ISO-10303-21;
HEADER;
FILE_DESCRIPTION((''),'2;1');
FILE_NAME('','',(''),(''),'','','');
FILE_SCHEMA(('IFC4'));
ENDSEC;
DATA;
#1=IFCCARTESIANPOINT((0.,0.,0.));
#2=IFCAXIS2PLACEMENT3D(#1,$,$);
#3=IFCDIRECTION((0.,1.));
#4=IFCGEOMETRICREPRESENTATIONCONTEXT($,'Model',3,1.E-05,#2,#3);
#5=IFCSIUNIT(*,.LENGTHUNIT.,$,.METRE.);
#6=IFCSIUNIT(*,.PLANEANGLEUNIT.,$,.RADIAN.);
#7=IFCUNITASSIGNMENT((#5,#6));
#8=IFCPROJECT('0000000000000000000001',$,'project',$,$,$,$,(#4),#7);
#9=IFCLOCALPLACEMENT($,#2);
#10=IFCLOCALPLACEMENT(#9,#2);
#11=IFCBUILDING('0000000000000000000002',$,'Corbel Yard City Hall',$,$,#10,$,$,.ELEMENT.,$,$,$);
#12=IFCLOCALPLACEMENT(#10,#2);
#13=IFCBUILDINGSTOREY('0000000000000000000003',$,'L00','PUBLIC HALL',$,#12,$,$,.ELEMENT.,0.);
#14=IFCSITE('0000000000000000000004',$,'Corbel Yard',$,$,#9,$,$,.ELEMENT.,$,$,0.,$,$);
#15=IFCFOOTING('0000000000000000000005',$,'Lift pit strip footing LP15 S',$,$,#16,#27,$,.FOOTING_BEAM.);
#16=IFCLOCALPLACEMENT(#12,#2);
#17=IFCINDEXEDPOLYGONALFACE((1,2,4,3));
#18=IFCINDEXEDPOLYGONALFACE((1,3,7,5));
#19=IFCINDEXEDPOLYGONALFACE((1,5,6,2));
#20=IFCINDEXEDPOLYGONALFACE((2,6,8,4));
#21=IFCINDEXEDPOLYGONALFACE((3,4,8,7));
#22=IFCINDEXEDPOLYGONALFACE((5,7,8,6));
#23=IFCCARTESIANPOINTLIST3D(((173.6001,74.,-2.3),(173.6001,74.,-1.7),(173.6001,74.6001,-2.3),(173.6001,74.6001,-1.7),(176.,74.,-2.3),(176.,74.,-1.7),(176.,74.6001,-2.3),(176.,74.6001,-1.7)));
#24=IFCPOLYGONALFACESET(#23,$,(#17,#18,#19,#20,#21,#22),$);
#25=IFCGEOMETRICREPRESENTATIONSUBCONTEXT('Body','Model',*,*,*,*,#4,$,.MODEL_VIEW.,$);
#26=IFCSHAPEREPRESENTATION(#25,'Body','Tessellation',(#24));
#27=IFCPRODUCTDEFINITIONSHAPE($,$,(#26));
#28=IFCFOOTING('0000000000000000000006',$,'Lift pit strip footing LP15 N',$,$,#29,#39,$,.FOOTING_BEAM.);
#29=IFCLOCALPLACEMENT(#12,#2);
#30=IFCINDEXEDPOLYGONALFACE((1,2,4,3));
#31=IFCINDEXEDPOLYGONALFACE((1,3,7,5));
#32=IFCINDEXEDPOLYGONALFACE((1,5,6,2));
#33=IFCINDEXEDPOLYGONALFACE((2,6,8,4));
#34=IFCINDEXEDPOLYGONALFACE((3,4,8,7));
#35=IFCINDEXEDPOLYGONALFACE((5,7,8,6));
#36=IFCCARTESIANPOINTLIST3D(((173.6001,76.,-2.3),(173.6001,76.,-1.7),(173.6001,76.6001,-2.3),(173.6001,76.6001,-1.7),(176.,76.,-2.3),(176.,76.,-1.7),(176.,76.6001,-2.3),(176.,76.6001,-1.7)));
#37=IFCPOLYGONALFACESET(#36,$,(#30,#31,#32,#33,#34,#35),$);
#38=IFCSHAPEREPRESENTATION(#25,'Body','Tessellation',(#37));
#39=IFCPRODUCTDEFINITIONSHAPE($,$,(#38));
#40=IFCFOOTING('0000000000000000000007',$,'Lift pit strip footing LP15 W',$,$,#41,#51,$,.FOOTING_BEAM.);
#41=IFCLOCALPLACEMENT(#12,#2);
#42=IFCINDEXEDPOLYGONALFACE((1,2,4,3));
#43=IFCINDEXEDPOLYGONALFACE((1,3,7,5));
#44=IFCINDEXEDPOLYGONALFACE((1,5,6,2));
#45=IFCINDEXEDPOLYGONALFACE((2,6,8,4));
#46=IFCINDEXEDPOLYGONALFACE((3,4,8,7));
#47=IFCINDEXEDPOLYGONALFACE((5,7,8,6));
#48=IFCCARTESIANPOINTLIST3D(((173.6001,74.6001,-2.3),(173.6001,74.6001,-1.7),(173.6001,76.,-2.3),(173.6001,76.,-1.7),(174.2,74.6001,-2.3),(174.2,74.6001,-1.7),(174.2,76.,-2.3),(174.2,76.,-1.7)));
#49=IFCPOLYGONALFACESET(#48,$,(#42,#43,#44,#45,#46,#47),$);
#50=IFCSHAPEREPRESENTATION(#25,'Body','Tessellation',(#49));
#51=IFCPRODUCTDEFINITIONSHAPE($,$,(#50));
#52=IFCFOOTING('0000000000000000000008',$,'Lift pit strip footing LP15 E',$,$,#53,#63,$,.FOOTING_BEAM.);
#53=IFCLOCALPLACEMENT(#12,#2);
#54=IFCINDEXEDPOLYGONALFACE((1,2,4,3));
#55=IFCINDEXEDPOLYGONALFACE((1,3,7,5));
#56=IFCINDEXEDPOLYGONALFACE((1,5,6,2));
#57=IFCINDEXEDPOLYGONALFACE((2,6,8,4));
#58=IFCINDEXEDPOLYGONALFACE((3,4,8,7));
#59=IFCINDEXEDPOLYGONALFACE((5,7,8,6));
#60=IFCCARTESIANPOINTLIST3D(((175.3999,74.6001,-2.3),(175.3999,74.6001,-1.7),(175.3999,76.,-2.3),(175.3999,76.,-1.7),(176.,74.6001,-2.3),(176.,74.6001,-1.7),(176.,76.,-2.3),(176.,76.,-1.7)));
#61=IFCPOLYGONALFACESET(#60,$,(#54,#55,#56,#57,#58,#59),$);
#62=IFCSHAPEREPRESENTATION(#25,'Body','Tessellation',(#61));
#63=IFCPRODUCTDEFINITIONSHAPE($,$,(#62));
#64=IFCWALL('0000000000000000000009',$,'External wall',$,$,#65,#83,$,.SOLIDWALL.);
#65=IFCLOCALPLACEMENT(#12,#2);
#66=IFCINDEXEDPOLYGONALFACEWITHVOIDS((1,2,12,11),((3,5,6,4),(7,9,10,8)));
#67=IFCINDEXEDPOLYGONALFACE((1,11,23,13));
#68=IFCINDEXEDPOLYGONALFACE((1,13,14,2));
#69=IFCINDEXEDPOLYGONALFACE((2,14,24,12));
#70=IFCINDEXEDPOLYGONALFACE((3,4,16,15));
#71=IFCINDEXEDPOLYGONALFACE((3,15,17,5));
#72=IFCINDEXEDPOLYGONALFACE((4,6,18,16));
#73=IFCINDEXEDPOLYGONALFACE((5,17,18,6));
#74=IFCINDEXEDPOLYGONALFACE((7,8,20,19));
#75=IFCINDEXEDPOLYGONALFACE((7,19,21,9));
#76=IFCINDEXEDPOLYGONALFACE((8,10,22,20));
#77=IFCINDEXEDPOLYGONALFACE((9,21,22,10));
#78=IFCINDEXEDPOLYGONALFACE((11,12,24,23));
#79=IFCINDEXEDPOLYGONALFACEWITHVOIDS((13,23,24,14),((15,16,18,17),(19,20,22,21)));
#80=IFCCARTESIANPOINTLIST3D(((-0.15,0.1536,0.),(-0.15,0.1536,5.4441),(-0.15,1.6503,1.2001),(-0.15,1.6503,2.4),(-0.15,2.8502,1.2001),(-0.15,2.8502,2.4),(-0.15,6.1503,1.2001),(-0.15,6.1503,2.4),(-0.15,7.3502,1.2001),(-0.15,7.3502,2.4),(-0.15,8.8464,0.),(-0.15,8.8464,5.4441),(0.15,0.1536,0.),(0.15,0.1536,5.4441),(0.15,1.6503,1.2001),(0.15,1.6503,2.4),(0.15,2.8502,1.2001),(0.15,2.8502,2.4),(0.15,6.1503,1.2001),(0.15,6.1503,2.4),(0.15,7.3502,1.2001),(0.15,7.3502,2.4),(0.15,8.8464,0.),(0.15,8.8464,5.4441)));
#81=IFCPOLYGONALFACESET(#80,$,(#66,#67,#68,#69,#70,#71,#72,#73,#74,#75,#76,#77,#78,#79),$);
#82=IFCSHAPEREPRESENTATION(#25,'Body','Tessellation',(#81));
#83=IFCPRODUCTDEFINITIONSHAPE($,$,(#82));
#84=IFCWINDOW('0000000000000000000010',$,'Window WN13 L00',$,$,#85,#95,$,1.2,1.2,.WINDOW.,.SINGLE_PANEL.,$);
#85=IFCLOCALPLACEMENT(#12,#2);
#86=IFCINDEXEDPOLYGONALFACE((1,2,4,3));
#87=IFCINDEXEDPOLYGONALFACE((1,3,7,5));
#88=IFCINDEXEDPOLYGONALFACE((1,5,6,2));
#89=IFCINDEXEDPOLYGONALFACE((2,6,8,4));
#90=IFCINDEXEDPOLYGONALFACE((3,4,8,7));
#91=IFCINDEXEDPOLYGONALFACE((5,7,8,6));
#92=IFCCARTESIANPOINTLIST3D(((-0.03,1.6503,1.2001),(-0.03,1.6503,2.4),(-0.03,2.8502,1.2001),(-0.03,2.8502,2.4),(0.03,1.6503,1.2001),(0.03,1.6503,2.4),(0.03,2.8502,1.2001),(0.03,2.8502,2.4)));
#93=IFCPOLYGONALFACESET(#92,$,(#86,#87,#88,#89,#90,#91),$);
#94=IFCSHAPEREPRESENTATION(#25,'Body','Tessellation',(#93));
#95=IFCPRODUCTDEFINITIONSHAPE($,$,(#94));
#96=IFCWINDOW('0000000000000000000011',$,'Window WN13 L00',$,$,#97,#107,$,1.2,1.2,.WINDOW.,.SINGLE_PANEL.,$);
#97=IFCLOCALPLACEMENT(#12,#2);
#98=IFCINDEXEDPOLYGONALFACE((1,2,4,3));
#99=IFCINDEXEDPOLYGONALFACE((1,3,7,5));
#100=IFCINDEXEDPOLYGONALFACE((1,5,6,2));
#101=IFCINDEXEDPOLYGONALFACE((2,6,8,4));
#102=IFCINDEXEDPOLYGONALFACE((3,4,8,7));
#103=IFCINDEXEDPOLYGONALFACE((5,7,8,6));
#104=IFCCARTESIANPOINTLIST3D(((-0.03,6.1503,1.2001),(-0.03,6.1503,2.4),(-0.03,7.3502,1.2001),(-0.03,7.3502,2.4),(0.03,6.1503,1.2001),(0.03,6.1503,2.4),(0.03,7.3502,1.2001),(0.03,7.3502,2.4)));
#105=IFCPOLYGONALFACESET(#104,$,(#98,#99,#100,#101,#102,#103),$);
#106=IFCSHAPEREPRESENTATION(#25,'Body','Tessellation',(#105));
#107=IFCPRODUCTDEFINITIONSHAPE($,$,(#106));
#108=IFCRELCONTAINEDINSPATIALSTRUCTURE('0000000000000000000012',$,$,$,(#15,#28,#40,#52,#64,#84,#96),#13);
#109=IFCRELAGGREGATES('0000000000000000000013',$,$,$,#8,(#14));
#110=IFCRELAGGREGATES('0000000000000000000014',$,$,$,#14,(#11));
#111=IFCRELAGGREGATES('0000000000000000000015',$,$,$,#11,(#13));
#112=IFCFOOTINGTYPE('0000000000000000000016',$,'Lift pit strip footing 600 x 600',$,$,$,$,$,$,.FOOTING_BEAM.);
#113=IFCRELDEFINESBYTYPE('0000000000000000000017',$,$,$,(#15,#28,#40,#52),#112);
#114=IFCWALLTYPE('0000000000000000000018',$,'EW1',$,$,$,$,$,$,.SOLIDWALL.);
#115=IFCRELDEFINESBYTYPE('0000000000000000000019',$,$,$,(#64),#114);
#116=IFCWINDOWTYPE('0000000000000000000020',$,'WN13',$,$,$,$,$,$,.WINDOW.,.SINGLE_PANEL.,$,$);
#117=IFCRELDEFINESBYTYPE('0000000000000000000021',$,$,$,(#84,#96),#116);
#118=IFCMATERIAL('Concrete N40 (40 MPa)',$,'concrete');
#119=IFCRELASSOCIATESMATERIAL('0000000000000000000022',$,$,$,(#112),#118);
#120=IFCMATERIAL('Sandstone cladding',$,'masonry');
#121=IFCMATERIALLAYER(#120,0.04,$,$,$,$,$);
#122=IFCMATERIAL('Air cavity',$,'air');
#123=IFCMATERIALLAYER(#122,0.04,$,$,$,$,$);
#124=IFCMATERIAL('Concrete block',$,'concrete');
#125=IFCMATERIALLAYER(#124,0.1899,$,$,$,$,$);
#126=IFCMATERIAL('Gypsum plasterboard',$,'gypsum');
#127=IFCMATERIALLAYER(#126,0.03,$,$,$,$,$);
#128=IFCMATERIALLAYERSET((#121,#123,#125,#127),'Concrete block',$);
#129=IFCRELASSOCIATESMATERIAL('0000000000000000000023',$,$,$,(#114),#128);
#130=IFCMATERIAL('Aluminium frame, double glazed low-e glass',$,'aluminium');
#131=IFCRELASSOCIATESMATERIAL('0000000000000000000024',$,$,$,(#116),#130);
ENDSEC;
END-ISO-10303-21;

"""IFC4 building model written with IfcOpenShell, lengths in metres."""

from ifc_helpers import new_model, si_unit, direction, frame, frame_2d, origin, place, context, subcontext, project, spatial, polyline, rectangle, outline, extrude, material, layer, layer_set, type_object, element, fill, save


model = new_model("IFC4")

# Units and contexts
model_context = context("Model", 3, precision=1e-05, world=origin(), true_north=direction((0.0, 1.0)))
body_context = subcontext(model_context, "Body", "Model", "MODEL_VIEW")
ifc_project = project(units=[si_unit("LENGTHUNIT", "METRE"), si_unit("PLANEANGLEUNIT", "RADIAN")], contexts=[model_context])

# Site, building, storey
site_placement = place(None, origin())
site = spatial("IfcSite", under=ifc_project, at=site_placement, Name="Corbel Yard", CompositionType="ELEMENT", RefElevation=0.0)
building_placement = place(site_placement, origin())
building = spatial("IfcBuilding", under=site, at=building_placement, Name="Corbel Yard City Hall", CompositionType="ELEMENT")
storey_placement = place(building_placement, origin())
storey = spatial("IfcBuildingStorey", under=building, at=storey_placement, Name="L00", Description="PUBLIC HALL", CompositionType="ELEMENT", Elevation=0.0)

# Footings
ifc_material_1 = material(Name="Concrete N40 (40 MPa)", Category="concrete")
footing_type_1 = type_object("IfcFootingType", Name="Lift pit strip footing 600 x 600", PredefinedType="FOOTING_BEAM", material=ifc_material_1)
footing_1_placement = place(storey_placement, frame((0.0, 0.0, -2.3)))
element("IfcFooting", 1, at=footing_1_placement, inside=storey, type_object=footing_type_1, Name="Lift pit strip footing LP15 S", PredefinedType="FOOTING_BEAM", context=body_context, shape_type="SweptSolid", body=[
    extrude(outline(polyline([(176.0, 74.0), (176.0, 74.6001), (173.6001, 74.6001), (173.6001, 74.0), (176.0, 74.0)])), origin(), (0.0, 0.0, 1.0), 0.6001),
])
footing_2_placement = place(storey_placement, frame((0.0, 0.0, -2.3)))
element("IfcFooting", 2, at=footing_2_placement, inside=storey, type_object=footing_type_1, Name="Lift pit strip footing LP15 N", PredefinedType="FOOTING_BEAM", context=body_context, shape_type="SweptSolid", body=[
    extrude(outline(polyline([(176.0, 76.0), (176.0, 76.6001), (173.6001, 76.6001), (173.6001, 76.0), (176.0, 76.0)])), origin(), (0.0, 0.0, 1.0), 0.6001),
])
footing_3_placement = place(storey_placement, frame((0.0, 0.0, -2.3)))
element("IfcFooting", 3, at=footing_3_placement, inside=storey, type_object=footing_type_1, Name="Lift pit strip footing LP15 W", PredefinedType="FOOTING_BEAM", context=body_context, shape_type="SweptSolid", body=[
    extrude(outline(polyline([(174.2, 74.6001), (174.2, 76.0), (173.6001, 76.0), (173.6001, 74.6001), (174.2, 74.6001)])), origin(), (0.0, 0.0, 1.0), 0.6001),
])
footing_4_placement = place(storey_placement, frame((0.0, 0.0, -2.3)))
element("IfcFooting", 4, at=footing_4_placement, inside=storey, type_object=footing_type_1, Name="Lift pit strip footing LP15 E", PredefinedType="FOOTING_BEAM", context=body_context, shape_type="SweptSolid", body=[
    extrude(outline(polyline([(176.0, 74.6001), (176.0, 76.0), (175.3999, 76.0), (175.3999, 74.6001), (176.0, 74.6001)])), origin(), (0.0, 0.0, 1.0), 0.6001),
])

# Wall, openings, windows
ifc_material_2 = material(Name="Sandstone cladding", Category="masonry")
ifc_layer_1 = layer(ifc_material_2, 0.04)
ifc_material_3 = material(Name="Air cavity", Category="air")
ifc_layer_2 = layer(ifc_material_3, 0.04)
ifc_material_4 = material(Name="Concrete block", Category="concrete")
ifc_layer_3 = layer(ifc_material_4, 0.1899)
ifc_material_5 = material(Name="Gypsum plasterboard", Category="gypsum")
ifc_layer_4 = layer(ifc_material_5, 0.03)
ifc_layer_set = layer_set([ifc_layer_1, ifc_layer_2, ifc_layer_3, ifc_layer_4], Name="Concrete block")
wall_type = type_object("IfcWallType", Name="EW1", PredefinedType="SOLIDWALL", material=ifc_layer_set)
wall_placement = place(storey_placement, frame((0.0, 0.1536, 0.0), z_axis=(0.0, 0.0, 1.0), x_axis=(0.0, 1.0, 0.0)))
wall = element("IfcWall", 5, at=wall_placement, inside=storey, type_object=wall_type, Name="External wall", PredefinedType="SOLIDWALL", context=body_context, shape_type="SweptSolid", body=[
    extrude(rectangle(XDim=8.6929, YDim=0.3, at=frame_2d((4.3464, 0.0))), origin(), (0.0, 0.0, 1.0), 5.4441),
])
opening_1_placement = place(wall_placement, frame((1.4966, 0.0, 1.2)))
opening_1 = element("IfcOpeningElement", 6, at=opening_1_placement, cuts=wall, PredefinedType="OPENING", context=body_context, shape_type="SweptSolid", body=[
    extrude(rectangle(XDim=1.2, YDim=1.2, at=frame_2d((0.6001, 0.6001))), frame((0.0, 0.1599, 0.0), z_axis=(0.0, -1.0, 0.0), x_axis=(1.0, 0.0, 0.0)), (0.0, 0.0, 1.0), 0.3201),
])
opening_2_placement = place(wall_placement, frame((5.9966, 0.0, 1.2)))
opening_2 = element("IfcOpeningElement", 7, at=opening_2_placement, cuts=wall, PredefinedType="OPENING", context=body_context, shape_type="SweptSolid", body=[
    extrude(rectangle(XDim=1.2, YDim=1.2, at=frame_2d((0.6001, 0.6001))), frame((0.0, 0.1599, 0.0), z_axis=(0.0, -1.0, 0.0), x_axis=(1.0, 0.0, 0.0)), (0.0, 0.0, 1.0), 0.3201),
])
ifc_material_6 = material(Name="Aluminium frame, double glazed low-e glass", Category="aluminium")
window_type = type_object("IfcWindowType", Name="WN13", PartitioningType="SINGLE_PANEL", PredefinedType="WINDOW", material=ifc_material_6)
window_1_placement = place(opening_1_placement, origin())
window_1 = element("IfcWindow", 8, at=window_1_placement, inside=storey, type_object=window_type, Name="Window WN13 L00", OverallHeight=1.2, OverallWidth=1.2, PartitioningType="SINGLE_PANEL", PredefinedType="WINDOW", context=body_context, shape_type="SweptSolid", body=[
    extrude(rectangle(XDim=1.2, YDim=1.2, at=frame_2d((0.6001, 0.6001))), frame((0.0, 0.03, 0.0), z_axis=(0.0, -1.0, 0.0), x_axis=(1.0, 0.0, 0.0)), (0.0, 0.0, 1.0), 0.0601),
])
fill(opening_1, window_1)
window_2_placement = place(opening_2_placement, origin())
window_2 = element("IfcWindow", 9, at=window_2_placement, inside=storey, type_object=window_type, Name="Window WN13 L00", OverallHeight=1.2, OverallWidth=1.2, PartitioningType="SINGLE_PANEL", PredefinedType="WINDOW", context=body_context, shape_type="SweptSolid", body=[
    extrude(rectangle(XDim=1.2, YDim=1.2, at=frame_2d((0.6001, 0.6001))), frame((0.0, 0.03, 0.0), z_axis=(0.0, -1.0, 0.0), x_axis=(1.0, 0.0, 0.0)), (0.0, 0.0, 1.0), 0.0601),
])
fill(opening_2, window_2)

save(model, "model.ifc")
